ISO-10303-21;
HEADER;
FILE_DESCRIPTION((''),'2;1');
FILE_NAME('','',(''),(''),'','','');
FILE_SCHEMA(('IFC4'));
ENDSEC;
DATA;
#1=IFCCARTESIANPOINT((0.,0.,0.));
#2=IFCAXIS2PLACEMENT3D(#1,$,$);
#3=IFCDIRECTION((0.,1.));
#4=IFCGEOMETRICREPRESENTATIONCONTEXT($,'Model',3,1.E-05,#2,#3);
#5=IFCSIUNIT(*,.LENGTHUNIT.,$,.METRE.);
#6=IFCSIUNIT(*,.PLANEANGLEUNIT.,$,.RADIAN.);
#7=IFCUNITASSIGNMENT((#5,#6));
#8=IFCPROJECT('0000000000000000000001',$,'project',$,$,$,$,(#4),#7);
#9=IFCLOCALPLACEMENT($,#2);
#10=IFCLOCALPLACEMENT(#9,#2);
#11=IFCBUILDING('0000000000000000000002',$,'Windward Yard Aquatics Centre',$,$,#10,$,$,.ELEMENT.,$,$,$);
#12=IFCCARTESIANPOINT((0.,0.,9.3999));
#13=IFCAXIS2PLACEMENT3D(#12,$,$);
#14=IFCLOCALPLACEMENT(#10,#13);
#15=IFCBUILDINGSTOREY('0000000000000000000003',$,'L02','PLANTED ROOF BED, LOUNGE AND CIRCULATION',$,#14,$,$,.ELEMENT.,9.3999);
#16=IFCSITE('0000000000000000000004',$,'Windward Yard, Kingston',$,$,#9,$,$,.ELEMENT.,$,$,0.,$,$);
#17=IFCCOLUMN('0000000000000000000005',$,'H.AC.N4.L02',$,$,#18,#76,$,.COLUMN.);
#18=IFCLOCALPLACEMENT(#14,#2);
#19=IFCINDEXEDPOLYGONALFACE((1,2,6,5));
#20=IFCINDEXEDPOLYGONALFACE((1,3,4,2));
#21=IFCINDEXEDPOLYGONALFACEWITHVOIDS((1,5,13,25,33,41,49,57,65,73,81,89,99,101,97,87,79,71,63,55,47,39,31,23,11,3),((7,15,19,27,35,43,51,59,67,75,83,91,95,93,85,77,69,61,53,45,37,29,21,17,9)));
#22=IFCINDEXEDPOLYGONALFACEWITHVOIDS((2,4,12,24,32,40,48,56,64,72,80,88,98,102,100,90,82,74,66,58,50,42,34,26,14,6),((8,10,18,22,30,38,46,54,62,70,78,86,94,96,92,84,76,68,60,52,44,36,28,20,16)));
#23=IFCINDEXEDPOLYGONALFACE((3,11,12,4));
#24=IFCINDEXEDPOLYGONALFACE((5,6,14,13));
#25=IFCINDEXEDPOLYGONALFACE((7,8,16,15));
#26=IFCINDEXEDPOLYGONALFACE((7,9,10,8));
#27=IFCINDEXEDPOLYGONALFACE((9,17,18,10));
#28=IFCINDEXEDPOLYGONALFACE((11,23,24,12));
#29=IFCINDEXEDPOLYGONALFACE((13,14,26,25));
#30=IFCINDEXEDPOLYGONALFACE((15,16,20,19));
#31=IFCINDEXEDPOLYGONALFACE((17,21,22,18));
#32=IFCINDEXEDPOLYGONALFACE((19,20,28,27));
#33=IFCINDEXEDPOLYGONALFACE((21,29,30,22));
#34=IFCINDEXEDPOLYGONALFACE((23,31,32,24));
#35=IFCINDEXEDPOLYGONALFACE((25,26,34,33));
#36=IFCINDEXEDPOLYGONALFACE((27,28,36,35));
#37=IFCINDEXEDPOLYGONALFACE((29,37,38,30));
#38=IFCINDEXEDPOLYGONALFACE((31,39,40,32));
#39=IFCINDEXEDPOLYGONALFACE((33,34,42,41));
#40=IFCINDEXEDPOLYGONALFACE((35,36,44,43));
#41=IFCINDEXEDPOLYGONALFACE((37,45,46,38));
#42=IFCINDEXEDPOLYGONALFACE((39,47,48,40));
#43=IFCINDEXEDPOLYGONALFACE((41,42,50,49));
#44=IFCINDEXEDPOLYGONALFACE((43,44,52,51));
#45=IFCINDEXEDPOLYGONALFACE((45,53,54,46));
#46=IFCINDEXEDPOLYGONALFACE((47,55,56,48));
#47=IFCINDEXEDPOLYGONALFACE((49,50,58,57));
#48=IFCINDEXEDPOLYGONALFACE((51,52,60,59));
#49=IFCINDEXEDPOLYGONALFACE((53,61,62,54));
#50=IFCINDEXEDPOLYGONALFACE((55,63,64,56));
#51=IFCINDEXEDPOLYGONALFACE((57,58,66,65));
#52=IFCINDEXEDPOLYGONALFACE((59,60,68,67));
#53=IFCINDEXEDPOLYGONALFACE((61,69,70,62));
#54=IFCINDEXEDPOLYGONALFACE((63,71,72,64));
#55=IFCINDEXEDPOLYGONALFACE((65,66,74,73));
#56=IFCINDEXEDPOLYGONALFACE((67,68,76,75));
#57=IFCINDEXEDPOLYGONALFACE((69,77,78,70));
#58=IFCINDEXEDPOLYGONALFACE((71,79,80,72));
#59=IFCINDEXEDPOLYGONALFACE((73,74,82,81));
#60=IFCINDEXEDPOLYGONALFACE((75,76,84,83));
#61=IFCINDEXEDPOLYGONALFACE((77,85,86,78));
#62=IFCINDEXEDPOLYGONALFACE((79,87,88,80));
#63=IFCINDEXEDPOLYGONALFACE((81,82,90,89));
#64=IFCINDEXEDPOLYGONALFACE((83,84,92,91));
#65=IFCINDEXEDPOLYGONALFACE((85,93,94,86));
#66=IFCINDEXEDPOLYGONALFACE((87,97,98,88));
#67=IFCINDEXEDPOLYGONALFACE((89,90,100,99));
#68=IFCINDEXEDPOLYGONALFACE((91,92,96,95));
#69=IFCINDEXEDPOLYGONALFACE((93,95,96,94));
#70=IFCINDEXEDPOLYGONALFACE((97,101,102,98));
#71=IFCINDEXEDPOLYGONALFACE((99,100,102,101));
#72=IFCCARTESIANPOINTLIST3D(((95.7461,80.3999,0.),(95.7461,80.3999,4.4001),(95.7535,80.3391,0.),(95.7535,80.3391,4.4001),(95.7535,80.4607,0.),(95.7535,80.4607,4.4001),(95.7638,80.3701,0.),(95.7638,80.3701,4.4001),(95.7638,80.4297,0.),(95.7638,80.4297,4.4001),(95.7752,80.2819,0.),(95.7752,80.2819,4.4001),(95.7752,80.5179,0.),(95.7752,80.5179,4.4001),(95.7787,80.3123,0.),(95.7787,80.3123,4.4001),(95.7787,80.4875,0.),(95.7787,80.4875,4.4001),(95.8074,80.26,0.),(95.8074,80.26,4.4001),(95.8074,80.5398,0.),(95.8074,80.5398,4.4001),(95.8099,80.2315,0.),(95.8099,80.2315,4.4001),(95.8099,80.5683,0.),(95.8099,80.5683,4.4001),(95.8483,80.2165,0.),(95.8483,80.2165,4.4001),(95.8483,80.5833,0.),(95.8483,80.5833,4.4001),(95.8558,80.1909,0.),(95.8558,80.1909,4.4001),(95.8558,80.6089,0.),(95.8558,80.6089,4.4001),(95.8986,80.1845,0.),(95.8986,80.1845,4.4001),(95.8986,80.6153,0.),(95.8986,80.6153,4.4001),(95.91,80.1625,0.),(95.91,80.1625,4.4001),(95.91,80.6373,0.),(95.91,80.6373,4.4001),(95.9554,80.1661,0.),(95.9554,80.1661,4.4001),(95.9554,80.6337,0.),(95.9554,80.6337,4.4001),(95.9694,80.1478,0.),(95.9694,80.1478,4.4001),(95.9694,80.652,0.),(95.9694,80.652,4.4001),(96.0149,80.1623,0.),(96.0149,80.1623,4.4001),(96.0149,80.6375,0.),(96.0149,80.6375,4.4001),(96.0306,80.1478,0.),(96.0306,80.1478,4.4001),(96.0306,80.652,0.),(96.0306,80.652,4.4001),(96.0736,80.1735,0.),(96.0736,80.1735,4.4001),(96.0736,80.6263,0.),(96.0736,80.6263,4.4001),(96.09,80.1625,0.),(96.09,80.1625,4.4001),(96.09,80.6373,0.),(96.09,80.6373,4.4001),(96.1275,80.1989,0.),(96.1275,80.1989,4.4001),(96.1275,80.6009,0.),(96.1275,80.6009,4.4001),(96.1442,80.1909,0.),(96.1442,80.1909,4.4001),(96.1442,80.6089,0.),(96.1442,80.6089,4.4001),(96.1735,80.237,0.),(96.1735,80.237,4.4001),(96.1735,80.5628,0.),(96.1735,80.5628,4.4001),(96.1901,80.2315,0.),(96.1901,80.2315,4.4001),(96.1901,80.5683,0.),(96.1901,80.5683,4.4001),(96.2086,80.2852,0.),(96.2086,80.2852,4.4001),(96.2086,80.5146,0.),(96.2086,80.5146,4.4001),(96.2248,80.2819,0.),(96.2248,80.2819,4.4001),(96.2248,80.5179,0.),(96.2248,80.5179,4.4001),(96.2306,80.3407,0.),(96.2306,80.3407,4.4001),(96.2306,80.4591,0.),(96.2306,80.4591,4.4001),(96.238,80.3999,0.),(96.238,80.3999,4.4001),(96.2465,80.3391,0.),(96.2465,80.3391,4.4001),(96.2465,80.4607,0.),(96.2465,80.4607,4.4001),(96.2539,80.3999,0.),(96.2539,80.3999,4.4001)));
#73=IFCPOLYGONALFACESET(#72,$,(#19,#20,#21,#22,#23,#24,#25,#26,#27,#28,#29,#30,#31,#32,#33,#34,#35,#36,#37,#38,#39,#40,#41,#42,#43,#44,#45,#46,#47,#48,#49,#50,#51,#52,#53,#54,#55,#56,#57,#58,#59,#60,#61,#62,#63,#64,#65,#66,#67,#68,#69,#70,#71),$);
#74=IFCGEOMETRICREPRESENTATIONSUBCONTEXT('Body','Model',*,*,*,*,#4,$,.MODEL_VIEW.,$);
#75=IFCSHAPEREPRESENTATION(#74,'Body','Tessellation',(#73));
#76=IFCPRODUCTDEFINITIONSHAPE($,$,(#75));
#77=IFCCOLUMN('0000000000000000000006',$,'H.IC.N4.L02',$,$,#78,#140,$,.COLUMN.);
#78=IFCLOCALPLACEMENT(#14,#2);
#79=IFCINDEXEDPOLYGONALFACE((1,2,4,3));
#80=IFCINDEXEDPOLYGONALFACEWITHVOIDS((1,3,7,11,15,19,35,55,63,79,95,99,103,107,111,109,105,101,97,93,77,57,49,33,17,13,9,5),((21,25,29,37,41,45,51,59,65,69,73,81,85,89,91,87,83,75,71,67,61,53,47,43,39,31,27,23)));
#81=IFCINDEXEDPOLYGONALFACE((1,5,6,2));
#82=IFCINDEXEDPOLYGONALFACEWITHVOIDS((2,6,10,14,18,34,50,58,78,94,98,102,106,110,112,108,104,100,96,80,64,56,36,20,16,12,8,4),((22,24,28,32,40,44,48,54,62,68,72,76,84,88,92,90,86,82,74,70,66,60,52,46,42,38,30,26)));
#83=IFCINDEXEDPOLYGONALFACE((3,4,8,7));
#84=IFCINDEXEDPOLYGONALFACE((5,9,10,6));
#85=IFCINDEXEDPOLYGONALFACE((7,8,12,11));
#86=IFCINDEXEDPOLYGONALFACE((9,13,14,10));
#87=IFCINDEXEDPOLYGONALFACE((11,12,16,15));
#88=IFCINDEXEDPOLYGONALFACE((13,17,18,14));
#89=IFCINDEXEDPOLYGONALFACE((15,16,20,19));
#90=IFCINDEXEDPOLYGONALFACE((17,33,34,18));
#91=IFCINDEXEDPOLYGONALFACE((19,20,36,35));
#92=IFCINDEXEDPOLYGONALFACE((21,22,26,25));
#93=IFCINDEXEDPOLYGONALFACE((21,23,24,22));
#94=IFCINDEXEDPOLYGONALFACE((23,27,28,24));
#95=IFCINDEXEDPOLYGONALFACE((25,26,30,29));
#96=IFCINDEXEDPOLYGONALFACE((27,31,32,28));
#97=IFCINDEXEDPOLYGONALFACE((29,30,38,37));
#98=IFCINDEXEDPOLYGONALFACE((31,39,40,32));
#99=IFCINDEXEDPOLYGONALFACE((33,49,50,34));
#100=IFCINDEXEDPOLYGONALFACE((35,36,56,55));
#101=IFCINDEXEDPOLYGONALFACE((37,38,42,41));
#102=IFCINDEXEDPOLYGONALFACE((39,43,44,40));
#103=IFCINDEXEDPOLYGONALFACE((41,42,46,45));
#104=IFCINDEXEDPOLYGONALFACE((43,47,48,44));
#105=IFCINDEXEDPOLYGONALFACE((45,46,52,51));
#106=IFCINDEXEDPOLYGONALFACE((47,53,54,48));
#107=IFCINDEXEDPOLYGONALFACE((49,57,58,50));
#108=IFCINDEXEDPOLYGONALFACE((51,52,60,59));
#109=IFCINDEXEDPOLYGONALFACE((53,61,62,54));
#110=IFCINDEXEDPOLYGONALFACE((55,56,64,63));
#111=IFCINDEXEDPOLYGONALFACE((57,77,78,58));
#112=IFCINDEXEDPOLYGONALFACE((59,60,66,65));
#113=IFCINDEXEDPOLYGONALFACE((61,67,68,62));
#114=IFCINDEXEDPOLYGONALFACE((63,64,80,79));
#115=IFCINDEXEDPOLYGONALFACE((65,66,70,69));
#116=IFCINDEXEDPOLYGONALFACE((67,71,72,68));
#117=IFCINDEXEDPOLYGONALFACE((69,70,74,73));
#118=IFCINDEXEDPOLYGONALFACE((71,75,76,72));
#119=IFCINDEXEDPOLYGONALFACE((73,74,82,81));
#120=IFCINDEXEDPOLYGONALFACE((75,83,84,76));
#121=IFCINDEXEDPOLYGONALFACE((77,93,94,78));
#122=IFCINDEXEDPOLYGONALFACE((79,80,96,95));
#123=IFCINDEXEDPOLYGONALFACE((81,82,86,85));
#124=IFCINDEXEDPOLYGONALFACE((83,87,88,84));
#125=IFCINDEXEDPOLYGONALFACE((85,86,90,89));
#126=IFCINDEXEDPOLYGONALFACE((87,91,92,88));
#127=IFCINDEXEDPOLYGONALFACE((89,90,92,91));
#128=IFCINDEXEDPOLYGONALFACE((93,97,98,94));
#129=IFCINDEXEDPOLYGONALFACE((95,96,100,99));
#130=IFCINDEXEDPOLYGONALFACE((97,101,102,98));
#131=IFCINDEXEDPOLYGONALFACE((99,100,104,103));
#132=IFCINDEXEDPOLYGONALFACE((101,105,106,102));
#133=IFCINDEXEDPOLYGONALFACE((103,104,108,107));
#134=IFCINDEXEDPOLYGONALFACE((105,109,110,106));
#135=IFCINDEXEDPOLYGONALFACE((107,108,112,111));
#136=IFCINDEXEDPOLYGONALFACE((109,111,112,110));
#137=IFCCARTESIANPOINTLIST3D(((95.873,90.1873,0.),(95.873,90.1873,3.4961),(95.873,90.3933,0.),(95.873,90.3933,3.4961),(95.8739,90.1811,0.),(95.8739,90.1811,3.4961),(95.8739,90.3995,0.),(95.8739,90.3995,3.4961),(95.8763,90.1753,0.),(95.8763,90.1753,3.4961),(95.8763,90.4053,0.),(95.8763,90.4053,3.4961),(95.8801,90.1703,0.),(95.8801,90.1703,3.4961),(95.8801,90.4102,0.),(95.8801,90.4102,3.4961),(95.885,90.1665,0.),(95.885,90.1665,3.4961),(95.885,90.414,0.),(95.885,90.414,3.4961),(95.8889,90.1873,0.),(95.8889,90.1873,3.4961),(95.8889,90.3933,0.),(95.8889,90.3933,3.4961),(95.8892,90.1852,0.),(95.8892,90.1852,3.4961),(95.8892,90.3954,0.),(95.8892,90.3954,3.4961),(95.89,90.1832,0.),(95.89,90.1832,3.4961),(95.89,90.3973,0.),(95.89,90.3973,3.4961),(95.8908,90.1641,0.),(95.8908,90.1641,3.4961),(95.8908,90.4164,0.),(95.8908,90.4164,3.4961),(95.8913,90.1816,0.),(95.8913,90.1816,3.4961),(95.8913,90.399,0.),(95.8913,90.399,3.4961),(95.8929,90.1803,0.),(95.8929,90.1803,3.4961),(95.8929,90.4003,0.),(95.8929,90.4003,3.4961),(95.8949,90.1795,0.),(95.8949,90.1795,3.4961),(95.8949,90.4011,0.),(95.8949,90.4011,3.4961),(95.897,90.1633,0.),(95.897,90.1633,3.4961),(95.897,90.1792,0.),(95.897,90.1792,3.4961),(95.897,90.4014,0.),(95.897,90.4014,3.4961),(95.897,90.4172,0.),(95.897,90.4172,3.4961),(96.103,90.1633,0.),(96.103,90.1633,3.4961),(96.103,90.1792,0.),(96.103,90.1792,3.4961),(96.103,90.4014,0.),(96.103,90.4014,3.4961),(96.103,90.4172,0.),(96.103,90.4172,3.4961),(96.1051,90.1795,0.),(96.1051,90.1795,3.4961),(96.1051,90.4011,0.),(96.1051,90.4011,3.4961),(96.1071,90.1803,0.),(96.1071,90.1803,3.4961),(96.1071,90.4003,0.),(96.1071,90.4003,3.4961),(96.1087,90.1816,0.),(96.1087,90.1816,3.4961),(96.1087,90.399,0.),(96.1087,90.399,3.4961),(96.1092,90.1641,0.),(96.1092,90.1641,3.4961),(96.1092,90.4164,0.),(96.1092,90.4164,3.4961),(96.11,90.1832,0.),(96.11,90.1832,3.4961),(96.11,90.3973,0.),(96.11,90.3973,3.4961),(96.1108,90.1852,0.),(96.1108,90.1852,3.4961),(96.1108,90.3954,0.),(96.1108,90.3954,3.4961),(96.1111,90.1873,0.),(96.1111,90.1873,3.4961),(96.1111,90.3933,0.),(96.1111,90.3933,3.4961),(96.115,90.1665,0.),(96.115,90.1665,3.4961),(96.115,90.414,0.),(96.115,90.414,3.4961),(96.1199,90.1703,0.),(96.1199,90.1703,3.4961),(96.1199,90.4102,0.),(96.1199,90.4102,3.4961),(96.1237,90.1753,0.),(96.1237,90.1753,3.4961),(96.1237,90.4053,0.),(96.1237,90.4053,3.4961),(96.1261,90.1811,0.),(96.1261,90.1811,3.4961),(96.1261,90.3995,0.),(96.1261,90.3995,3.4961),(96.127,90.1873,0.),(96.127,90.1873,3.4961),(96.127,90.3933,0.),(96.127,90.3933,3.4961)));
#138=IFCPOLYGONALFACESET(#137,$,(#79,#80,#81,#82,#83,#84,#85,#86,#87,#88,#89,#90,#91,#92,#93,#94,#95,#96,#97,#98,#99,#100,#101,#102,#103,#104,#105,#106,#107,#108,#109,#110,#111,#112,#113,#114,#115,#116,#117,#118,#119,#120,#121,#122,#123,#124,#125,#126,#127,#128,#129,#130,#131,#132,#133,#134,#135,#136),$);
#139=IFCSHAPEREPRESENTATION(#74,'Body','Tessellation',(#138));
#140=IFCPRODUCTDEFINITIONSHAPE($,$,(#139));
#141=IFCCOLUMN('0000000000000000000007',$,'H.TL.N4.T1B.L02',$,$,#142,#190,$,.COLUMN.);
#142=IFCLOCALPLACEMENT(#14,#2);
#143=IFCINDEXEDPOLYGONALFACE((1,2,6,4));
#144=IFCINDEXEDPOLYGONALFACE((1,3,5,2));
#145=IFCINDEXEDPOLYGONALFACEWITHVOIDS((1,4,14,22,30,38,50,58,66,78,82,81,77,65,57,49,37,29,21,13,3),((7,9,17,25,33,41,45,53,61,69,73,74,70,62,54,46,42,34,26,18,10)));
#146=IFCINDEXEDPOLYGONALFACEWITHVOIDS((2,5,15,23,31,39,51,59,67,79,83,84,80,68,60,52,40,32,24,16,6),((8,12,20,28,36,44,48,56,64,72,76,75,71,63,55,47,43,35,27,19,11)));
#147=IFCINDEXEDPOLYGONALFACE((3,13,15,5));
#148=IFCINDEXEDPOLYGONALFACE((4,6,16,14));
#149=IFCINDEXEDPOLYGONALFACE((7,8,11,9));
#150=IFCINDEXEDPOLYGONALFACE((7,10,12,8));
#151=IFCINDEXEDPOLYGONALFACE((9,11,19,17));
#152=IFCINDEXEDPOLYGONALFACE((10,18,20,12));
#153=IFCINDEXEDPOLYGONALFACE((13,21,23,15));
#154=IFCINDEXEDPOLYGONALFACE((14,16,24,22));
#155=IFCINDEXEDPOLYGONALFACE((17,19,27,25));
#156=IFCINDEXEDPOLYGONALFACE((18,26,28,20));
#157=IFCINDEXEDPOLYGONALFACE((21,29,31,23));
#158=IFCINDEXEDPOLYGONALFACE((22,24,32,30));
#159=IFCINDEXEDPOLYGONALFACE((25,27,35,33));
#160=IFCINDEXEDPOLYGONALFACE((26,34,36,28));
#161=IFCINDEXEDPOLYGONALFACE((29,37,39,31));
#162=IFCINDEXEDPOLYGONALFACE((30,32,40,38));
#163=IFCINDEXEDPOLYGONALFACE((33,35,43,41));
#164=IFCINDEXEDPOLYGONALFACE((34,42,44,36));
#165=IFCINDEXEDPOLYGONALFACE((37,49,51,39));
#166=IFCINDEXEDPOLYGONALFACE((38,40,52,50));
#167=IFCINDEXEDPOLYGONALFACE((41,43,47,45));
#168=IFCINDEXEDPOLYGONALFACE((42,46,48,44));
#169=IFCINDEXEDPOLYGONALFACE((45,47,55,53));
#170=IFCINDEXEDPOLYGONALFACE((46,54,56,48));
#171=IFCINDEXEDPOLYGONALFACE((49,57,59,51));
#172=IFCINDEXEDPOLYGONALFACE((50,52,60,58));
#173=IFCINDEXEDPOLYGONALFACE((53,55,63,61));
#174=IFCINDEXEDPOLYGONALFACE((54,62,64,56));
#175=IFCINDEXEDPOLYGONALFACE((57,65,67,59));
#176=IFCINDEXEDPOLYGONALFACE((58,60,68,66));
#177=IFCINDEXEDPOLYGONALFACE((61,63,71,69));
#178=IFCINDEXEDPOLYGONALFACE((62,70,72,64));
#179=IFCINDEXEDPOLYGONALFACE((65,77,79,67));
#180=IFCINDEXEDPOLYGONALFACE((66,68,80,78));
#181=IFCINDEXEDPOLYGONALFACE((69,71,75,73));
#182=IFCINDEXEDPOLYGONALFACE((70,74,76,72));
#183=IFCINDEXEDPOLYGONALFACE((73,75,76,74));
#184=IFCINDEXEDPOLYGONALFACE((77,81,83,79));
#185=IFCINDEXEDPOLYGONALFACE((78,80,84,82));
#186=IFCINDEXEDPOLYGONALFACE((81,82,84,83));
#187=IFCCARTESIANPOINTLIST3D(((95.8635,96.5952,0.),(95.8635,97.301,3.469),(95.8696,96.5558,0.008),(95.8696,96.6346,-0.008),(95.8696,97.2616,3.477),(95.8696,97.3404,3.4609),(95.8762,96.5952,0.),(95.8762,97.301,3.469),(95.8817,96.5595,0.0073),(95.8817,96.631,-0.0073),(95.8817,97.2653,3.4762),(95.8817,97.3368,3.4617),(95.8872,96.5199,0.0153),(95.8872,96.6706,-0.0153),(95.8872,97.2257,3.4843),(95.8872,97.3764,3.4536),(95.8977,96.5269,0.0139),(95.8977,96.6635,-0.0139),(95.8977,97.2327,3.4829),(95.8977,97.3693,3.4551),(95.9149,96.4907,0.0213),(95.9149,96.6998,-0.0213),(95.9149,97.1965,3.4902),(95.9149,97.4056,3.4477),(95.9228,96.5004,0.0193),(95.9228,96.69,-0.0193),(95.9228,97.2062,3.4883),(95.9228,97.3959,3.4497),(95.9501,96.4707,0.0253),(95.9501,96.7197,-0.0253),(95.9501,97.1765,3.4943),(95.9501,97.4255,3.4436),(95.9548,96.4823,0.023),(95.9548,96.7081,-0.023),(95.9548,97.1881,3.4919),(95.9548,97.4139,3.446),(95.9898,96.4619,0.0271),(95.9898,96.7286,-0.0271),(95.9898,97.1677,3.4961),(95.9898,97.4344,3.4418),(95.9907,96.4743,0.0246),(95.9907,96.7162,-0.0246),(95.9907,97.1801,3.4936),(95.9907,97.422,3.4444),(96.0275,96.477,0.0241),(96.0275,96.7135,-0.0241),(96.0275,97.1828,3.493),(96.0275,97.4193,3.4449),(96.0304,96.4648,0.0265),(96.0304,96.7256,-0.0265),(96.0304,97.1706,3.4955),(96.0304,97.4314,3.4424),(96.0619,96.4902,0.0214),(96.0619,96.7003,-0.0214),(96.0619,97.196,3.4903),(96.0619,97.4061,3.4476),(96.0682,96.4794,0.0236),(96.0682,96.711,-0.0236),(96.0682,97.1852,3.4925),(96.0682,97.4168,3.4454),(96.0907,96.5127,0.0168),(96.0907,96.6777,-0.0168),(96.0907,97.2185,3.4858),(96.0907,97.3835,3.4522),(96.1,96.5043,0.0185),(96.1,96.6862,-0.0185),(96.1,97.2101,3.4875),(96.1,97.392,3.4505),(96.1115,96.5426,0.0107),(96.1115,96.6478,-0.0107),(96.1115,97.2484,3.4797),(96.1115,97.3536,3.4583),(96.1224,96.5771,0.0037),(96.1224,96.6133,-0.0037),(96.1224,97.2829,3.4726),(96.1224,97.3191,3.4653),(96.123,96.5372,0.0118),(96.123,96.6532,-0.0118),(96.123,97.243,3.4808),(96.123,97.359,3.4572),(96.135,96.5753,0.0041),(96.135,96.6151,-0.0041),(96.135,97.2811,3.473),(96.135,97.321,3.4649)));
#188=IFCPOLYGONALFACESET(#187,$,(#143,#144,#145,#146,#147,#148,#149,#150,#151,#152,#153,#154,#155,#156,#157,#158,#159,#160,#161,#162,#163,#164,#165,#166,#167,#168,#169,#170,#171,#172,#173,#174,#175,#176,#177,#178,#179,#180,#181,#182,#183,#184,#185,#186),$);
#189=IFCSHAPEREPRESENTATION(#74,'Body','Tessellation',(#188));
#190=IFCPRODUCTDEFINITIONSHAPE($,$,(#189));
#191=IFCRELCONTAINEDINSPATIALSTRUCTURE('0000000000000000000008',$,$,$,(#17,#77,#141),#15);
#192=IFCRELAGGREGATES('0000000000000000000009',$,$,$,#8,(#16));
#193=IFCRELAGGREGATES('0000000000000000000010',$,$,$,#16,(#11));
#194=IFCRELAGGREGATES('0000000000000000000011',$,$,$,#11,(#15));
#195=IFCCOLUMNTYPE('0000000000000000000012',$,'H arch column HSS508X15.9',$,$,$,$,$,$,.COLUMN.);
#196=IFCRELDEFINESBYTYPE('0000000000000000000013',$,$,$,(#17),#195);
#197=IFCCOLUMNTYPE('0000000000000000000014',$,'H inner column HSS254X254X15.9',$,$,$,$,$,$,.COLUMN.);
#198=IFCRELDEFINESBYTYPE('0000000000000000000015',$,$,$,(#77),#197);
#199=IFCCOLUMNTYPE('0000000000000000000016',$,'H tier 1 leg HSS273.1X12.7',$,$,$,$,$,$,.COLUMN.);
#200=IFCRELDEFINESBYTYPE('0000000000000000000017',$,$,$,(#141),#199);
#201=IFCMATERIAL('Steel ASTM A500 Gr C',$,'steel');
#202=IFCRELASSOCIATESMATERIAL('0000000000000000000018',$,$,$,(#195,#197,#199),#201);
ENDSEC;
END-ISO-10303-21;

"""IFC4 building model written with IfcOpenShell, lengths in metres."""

from ifc_helpers import new_model, si_unit, direction, frame, origin, origin_2d, place, context, subcontext, project, spatial, hollow_rectangle, hollow_circle, extrude, material, material_profile, profile_set, type_object, element, save


model = new_model("IFC4")

# Units and contexts
model_context = context("Model", 3, precision=1e-05, world=origin(), true_north=direction((0.0, 1.0)))
body_context = subcontext(model_context, "Body", "Model", "MODEL_VIEW")
ifc_project = project(units=[si_unit("LENGTHUNIT", "METRE"), si_unit("PLANEANGLEUNIT", "RADIAN")], contexts=[model_context])

# Site, building, storey
site_placement = place(None, origin())
site = spatial("IfcSite", under=ifc_project, at=site_placement, Name="Windward Yard, Kingston", CompositionType="ELEMENT", RefElevation=0.0)
building_placement = place(site_placement, origin())
building = spatial("IfcBuilding", under=site, at=building_placement, Name="Windward Yard Aquatics Centre", CompositionType="ELEMENT")
storey_placement = place(building_placement, frame((0.0, 0.0, 9.3999)))
storey = spatial("IfcBuildingStorey", under=building, at=storey_placement, Name="L02", Description="PLANTED ROOF BED, LOUNGE AND CIRCULATION", CompositionType="ELEMENT", Elevation=9.3999)

# Columns
ifc_material_1 = material(Name="Steel ASTM A500 Gr C", Category="steel")
ifc_material_profile_1 = material_profile(ifc_material_1, hollow_circle(Radius=0.2539, WallThickness=0.0159, at=origin_2d()), Name="HSS508X15.9")
ifc_profile_set_1 = profile_set([ifc_material_profile_1], Name="Steel ASTM A500 Gr C")
column_type_1 = type_object("IfcColumnType", Name="H arch column HSS508X15.9", PredefinedType="COLUMN", material=ifc_profile_set_1)
column_1_placement = place(storey_placement, frame((96.0, 80.3999, 0.0), z_axis=(0.0, 0.0, 1.0), x_axis=(1.0, 0.0, 0.0)))
element("IfcColumn", 1, at=column_1_placement, inside=storey, type_object=column_type_1, Name="H.AC.N4.L02", PredefinedType="COLUMN", context=body_context, shape_type="SweptSolid", body=[
    extrude(hollow_circle(Radius=0.2539, WallThickness=0.0159, at=origin_2d()), origin(), (0.0, 0.0, 1.0), 4.4001),
])
ifc_material_profile_2 = material_profile(ifc_material_1, hollow_rectangle(XDim=0.2539, YDim=0.2539, WallThickness=0.0159, InnerFilletRadius=0.0081, OuterFilletRadius=0.0239, at=origin_2d()), Name="HSS254X254X15.9")
ifc_profile_set_2 = profile_set([ifc_material_profile_2], Name="Steel ASTM A500 Gr C")
column_type_2 = type_object("IfcColumnType", Name="H inner column HSS254X254X15.9", PredefinedType="COLUMN", material=ifc_profile_set_2)
column_2_placement = place(storey_placement, frame((96.0, 90.2903, 0.0), z_axis=(0.0, 0.0, 1.0), x_axis=(1.0, 0.0, 0.0)))
element("IfcColumn", 2, at=column_2_placement, inside=storey, type_object=column_type_2, Name="H.IC.N4.L02", PredefinedType="COLUMN", context=body_context, shape_type="SweptSolid", body=[
    extrude(hollow_rectangle(XDim=0.2539, YDim=0.2539, WallThickness=0.0159, InnerFilletRadius=0.0081, OuterFilletRadius=0.0239, at=origin_2d()), origin(), (0.0, 0.0, 1.0), 3.4961),
])
ifc_material_profile_3 = material_profile(ifc_material_1, hollow_circle(Radius=0.1365, WallThickness=0.0127, at=origin_2d()), Name="HSS273.1X12.7")
ifc_profile_set_3 = profile_set([ifc_material_profile_3], Name="Steel ASTM A500 Gr C")
column_type_3 = type_object("IfcColumnType", Name="H tier 1 leg HSS273.1X12.7", PredefinedType="COLUMN", material=ifc_profile_set_3)
column_3_placement = place(storey_placement, frame((96.0, 96.5952, 0.0), z_axis=(0.0, 0.199378, 0.979923), x_axis=(-1.0, 0.0, 0.0)))
element("IfcColumn", 3, at=column_3_placement, inside=storey, type_object=column_type_3, Name="H.TL.N4.T1B.L02", PredefinedType="COLUMN", context=body_context, shape_type="SweptSolid", body=[
    extrude(hollow_circle(Radius=0.1365, WallThickness=0.0127, at=origin_2d()), origin(), (0.0, 0.0, 1.0), 3.54),
])

save(model, "model.ifc")
